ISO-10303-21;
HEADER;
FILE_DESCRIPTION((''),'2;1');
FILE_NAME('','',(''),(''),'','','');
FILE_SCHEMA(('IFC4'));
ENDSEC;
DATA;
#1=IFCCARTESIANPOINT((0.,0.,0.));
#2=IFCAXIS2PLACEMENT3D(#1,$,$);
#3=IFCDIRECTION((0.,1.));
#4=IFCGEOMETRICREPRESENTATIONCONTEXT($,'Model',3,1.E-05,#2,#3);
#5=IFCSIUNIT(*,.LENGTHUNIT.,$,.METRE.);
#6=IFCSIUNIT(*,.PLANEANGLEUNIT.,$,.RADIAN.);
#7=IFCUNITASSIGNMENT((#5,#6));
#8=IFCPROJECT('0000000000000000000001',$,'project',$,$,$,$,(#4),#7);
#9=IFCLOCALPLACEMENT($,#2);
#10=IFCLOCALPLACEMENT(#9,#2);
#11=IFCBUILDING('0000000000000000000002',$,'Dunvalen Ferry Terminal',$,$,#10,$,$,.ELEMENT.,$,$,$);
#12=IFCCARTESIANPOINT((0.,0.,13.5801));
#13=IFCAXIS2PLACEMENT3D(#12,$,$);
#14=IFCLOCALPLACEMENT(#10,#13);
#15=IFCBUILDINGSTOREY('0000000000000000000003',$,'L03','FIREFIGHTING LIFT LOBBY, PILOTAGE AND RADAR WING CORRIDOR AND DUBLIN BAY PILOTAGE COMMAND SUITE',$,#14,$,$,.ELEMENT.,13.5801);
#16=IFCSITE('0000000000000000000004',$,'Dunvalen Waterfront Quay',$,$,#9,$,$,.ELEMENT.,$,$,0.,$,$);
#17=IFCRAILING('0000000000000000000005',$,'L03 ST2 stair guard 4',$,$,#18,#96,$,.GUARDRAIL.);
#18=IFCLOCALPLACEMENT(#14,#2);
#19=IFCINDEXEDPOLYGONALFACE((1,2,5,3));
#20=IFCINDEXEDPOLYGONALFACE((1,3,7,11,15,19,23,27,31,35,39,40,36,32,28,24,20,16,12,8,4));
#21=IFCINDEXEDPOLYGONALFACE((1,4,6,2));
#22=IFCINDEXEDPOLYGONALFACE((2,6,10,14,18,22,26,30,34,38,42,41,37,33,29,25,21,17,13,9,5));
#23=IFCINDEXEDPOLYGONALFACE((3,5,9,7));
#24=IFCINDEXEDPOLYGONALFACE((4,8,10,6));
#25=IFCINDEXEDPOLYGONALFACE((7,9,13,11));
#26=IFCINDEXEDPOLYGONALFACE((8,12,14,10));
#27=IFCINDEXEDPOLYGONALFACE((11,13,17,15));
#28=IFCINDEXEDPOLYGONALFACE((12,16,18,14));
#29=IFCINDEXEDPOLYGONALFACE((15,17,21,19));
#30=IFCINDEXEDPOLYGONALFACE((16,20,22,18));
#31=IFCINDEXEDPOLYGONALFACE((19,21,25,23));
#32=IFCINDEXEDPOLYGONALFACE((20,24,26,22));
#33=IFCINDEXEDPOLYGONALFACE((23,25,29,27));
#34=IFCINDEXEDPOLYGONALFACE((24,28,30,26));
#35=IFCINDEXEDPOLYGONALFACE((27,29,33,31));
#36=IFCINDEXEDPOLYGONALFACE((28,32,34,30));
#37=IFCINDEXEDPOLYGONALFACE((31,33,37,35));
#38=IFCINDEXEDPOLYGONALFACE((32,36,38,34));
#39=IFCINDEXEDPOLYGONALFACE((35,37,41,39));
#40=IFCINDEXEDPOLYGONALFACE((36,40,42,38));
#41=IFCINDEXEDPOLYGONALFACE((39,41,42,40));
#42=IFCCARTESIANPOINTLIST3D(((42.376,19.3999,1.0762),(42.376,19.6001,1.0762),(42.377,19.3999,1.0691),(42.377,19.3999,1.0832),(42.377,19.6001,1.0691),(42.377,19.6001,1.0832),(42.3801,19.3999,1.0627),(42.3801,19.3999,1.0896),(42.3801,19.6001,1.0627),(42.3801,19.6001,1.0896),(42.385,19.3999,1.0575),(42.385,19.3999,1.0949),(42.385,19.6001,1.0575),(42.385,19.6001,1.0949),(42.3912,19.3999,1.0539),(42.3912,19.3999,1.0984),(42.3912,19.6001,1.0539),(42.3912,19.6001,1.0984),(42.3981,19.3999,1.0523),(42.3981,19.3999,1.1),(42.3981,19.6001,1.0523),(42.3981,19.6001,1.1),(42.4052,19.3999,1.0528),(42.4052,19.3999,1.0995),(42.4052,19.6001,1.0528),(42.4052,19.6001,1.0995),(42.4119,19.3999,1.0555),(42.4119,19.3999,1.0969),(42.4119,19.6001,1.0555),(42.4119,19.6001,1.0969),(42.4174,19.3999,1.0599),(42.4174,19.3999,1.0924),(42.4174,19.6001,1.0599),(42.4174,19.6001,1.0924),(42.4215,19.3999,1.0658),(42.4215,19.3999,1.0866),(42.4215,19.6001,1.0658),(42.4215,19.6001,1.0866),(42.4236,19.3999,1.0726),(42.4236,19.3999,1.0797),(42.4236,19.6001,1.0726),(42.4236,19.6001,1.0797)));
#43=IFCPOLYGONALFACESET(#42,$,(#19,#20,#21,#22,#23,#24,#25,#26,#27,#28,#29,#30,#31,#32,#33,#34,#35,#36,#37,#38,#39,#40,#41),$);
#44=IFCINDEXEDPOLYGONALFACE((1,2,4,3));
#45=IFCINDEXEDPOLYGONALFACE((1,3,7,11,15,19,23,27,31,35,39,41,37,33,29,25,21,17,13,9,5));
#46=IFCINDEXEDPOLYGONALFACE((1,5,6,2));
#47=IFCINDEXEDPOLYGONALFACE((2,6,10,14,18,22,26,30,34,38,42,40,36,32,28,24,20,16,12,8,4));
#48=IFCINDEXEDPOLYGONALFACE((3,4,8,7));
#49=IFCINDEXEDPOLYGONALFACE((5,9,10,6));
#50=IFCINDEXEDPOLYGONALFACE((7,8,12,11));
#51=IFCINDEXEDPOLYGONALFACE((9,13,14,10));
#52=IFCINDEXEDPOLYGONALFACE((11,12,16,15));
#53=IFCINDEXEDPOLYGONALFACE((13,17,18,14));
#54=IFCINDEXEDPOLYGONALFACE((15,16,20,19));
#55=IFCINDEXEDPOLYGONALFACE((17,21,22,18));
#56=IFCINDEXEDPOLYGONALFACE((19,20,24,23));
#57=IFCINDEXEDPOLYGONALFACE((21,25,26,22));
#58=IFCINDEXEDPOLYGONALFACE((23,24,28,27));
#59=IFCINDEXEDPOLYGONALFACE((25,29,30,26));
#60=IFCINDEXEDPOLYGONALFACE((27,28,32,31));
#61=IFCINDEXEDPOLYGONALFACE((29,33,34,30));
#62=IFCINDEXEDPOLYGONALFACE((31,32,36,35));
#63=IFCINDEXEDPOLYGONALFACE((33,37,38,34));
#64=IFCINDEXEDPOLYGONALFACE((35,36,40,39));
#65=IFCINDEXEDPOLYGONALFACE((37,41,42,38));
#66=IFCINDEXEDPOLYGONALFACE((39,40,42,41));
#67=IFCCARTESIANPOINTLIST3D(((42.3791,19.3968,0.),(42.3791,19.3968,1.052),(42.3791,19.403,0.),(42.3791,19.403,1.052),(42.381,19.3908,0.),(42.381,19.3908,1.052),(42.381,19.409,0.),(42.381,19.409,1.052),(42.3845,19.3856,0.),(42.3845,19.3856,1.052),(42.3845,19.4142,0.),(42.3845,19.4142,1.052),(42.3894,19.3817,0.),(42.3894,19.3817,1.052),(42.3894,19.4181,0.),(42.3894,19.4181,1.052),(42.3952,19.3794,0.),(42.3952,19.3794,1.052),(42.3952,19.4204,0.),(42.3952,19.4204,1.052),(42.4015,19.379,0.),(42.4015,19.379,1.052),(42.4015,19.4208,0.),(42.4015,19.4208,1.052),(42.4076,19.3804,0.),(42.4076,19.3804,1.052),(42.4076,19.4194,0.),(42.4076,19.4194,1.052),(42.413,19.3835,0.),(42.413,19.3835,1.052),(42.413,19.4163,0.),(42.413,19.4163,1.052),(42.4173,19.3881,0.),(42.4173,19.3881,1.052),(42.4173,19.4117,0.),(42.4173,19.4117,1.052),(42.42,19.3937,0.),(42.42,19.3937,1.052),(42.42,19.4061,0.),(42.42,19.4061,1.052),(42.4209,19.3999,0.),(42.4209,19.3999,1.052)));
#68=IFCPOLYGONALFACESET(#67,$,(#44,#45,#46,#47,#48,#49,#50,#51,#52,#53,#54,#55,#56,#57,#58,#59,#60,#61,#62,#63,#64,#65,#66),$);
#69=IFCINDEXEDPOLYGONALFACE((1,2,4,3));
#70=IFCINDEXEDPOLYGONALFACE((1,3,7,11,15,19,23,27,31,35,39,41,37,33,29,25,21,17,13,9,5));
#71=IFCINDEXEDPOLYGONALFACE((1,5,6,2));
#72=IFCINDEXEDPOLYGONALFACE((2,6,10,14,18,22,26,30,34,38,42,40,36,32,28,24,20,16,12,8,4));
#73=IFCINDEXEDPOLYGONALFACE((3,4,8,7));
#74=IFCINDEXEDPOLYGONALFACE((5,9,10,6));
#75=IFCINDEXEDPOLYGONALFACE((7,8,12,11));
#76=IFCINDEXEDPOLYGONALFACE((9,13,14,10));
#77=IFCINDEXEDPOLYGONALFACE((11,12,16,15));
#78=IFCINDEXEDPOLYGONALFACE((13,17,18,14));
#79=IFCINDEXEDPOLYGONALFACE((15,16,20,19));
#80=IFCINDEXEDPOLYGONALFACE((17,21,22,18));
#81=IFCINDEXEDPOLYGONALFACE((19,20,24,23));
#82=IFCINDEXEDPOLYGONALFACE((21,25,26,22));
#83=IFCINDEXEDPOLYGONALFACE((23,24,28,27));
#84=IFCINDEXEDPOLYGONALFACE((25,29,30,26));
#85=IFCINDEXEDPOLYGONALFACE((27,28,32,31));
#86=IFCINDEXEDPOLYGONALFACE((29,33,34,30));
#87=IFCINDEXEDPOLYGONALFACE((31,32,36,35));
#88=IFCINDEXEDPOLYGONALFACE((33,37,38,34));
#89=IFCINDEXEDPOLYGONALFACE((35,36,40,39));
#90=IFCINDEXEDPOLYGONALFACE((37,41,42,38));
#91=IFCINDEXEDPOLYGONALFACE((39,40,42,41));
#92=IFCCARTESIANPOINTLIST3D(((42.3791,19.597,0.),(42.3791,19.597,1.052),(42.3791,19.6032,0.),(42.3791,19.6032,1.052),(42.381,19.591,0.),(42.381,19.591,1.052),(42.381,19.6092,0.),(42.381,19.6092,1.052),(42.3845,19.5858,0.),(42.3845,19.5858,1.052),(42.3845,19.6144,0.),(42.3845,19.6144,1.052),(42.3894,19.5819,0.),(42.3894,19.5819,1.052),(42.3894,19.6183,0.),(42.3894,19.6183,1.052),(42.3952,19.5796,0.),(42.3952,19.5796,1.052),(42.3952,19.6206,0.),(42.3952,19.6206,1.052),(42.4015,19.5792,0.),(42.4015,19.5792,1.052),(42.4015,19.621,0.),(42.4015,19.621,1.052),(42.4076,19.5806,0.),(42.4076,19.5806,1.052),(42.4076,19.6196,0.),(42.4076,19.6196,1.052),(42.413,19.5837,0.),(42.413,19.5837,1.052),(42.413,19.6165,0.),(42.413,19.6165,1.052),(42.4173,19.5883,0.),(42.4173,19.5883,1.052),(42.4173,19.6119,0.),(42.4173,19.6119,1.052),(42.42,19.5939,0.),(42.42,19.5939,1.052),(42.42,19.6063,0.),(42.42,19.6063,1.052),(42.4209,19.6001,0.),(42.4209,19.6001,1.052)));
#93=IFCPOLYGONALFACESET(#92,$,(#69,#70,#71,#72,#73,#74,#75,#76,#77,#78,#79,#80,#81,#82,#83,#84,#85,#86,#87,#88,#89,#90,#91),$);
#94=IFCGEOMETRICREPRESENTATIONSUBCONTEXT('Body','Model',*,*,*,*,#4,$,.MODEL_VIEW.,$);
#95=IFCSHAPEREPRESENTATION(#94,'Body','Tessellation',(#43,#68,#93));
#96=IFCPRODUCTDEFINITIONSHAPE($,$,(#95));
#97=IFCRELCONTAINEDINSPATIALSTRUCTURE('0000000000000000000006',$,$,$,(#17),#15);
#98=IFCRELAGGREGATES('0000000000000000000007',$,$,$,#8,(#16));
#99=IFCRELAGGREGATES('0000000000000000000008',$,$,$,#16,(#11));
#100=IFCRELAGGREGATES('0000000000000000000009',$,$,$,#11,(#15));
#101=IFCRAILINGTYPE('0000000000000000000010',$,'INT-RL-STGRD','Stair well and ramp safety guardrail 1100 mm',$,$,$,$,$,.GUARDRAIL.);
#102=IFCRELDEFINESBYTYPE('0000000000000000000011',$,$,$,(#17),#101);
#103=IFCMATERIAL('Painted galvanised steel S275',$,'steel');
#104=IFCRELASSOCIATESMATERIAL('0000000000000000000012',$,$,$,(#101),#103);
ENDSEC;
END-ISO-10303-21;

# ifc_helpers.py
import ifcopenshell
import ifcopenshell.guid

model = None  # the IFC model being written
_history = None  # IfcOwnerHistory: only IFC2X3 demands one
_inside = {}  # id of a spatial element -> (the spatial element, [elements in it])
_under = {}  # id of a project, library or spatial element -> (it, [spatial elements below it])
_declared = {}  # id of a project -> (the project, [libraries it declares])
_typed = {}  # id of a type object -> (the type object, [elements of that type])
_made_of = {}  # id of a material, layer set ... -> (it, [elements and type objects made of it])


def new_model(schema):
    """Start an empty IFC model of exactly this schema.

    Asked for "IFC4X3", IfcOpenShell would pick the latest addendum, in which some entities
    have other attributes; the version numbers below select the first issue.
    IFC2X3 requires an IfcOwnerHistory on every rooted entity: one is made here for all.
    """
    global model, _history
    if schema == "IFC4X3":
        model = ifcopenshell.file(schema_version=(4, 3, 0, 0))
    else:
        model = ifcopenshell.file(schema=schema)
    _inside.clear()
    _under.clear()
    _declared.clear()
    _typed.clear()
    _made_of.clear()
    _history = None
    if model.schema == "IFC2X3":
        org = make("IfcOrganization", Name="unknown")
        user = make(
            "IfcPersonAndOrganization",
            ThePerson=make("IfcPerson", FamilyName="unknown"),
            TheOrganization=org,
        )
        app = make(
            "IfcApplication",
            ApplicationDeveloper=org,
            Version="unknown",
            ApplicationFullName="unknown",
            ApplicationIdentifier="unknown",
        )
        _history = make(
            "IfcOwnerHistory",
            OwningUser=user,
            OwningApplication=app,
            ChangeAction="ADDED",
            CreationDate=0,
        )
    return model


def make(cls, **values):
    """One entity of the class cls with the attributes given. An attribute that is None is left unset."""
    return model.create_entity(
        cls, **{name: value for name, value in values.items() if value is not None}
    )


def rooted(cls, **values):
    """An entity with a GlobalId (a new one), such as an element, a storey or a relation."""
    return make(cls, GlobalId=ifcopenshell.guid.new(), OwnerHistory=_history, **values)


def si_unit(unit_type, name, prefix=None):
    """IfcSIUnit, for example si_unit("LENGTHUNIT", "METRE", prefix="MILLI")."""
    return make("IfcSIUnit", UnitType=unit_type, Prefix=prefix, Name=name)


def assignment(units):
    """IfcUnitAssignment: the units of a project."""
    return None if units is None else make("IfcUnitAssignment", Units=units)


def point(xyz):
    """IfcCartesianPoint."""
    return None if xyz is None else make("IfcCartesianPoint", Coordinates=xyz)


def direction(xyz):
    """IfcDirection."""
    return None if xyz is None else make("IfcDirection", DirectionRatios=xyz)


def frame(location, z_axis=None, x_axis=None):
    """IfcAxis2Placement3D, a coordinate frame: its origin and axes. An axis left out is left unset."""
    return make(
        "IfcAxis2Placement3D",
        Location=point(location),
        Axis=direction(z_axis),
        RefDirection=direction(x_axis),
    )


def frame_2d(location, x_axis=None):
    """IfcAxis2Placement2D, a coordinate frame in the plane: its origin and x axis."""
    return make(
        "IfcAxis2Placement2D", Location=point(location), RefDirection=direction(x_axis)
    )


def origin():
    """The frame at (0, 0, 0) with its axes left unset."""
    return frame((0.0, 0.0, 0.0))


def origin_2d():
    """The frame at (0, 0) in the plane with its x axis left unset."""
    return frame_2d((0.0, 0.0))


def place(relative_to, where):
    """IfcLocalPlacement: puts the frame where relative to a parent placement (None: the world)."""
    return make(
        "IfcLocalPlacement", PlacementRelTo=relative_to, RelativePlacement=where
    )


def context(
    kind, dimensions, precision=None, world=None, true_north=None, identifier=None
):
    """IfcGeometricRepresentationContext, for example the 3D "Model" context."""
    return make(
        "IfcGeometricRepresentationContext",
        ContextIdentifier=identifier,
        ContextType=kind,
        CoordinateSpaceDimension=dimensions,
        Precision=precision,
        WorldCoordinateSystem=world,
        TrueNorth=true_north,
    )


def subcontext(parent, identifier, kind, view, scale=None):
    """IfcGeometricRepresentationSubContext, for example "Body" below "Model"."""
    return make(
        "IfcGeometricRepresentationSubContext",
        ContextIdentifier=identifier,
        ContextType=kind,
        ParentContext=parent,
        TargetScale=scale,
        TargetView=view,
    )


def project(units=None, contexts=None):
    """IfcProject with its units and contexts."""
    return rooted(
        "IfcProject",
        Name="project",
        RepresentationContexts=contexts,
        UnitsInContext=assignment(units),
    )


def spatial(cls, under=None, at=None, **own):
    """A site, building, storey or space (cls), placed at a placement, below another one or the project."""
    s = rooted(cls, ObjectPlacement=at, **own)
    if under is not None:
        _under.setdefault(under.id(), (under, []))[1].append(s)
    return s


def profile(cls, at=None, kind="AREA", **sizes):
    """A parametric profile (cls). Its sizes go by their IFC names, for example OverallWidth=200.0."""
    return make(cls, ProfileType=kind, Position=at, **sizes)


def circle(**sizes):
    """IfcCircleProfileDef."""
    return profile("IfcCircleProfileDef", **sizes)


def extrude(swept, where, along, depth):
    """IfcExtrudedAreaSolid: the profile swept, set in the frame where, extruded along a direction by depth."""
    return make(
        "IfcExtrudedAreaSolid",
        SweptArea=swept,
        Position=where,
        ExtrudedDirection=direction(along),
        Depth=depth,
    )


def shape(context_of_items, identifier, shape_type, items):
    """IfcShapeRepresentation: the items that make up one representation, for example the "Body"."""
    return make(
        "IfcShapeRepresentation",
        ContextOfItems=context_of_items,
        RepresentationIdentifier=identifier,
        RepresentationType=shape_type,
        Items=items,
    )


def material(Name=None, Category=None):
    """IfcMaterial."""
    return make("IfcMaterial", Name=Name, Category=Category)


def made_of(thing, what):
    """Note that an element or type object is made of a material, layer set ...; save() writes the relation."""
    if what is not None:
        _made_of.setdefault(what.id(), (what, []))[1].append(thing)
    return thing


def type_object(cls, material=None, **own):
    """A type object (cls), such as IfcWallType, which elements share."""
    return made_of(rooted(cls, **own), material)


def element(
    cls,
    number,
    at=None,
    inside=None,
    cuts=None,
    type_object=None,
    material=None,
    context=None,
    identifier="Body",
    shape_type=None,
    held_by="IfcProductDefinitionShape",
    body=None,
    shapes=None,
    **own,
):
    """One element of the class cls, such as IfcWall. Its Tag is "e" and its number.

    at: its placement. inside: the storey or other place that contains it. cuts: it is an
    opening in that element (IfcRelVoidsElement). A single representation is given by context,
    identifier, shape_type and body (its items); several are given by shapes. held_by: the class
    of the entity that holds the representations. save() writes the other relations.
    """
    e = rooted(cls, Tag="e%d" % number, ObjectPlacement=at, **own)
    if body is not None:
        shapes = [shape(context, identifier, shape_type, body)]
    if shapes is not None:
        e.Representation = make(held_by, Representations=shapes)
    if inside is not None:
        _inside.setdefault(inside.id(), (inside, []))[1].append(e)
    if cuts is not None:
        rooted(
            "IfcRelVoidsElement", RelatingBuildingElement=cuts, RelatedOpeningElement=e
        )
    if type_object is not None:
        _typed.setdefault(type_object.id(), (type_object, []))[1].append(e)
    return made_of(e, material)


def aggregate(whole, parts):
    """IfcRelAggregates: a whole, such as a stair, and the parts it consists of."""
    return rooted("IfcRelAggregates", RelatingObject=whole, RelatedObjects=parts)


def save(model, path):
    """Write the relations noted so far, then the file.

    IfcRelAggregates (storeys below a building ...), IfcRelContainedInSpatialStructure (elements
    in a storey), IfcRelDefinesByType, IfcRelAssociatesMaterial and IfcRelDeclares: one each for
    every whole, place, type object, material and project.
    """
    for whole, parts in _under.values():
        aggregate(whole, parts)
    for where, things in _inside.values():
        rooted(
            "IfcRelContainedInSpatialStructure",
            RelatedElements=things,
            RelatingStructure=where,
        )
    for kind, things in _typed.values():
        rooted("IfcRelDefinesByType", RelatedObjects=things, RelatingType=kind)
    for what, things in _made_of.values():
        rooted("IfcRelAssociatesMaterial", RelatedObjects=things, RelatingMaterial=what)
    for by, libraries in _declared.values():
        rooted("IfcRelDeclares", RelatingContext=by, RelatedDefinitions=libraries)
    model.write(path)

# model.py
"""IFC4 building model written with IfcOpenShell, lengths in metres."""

from ifc_helpers import new_model, si_unit, direction, frame, origin, origin_2d, place, context, subcontext, project, spatial, circle, extrude, material, type_object, element, save


model = new_model("IFC4")

# Units and contexts
model_context = context("Model", 3, precision=1e-05, world=origin(), true_north=direction((0.0, 1.0)))
body_context = subcontext(model_context, "Body", "Model", "MODEL_VIEW")
ifc_project = project(units=[si_unit("LENGTHUNIT", "METRE"), si_unit("PLANEANGLEUNIT", "RADIAN")], contexts=[model_context])

# Site, building, storey
site_placement = place(None, origin())
site = spatial("IfcSite", under=ifc_project, at=site_placement, Name="Dunvalen Waterfront Quay", CompositionType="ELEMENT", RefElevation=0.0)
building_placement = place(site_placement, origin())
building = spatial("IfcBuilding", under=site, at=building_placement, Name="Dunvalen Ferry Terminal", CompositionType="ELEMENT")
storey_placement = place(building_placement, frame((0.0, 0.0, 13.5801)))
storey = spatial("IfcBuildingStorey", under=building, at=storey_placement, Name="L03", Description="FIREFIGHTING LIFT LOBBY, PILOTAGE AND RADAR WING CORRIDOR AND DUBLIN BAY PILOTAGE COMMAND SUITE", CompositionType="ELEMENT", Elevation=13.5801)

# Railing
ifc_material_1 = material(Name="Painted galvanised steel S275", Category="steel")
railing_type_1 = type_object("IfcRailingType", Name="INT-RL-STGRD", Description="Stair well and ramp safety guardrail 1100 mm", PredefinedType="GUARDRAIL", material=ifc_material_1)
railing_1_placement = place(storey_placement, frame((42.3999, 19.3999, 0.0)))
element("IfcRailing", 1, at=railing_1_placement, inside=storey, type_object=railing_type_1, Name="L03 ST2 stair guard 4", PredefinedType="GUARDRAIL", context=body_context, shape_type="SweptSolid", body=[
    extrude(circle(Radius=0.0239, at=origin_2d()), frame((0.0, 0.0, 1.0762), z_axis=(0.0, 1.0, 0.0), x_axis=(-1.0, 0.0, 0.0)), (0.0, 0.0, 1.0), 0.2002),
    extrude(circle(Radius=0.021, at=origin_2d()), origin(), (0.0, 0.0, 1.0), 1.052),
    extrude(circle(Radius=0.021, at=origin_2d()), frame((0.0, 0.2002, 0.0)), (0.0, 0.0, 1.0), 1.052),
])

save(model, "model.ifc")
